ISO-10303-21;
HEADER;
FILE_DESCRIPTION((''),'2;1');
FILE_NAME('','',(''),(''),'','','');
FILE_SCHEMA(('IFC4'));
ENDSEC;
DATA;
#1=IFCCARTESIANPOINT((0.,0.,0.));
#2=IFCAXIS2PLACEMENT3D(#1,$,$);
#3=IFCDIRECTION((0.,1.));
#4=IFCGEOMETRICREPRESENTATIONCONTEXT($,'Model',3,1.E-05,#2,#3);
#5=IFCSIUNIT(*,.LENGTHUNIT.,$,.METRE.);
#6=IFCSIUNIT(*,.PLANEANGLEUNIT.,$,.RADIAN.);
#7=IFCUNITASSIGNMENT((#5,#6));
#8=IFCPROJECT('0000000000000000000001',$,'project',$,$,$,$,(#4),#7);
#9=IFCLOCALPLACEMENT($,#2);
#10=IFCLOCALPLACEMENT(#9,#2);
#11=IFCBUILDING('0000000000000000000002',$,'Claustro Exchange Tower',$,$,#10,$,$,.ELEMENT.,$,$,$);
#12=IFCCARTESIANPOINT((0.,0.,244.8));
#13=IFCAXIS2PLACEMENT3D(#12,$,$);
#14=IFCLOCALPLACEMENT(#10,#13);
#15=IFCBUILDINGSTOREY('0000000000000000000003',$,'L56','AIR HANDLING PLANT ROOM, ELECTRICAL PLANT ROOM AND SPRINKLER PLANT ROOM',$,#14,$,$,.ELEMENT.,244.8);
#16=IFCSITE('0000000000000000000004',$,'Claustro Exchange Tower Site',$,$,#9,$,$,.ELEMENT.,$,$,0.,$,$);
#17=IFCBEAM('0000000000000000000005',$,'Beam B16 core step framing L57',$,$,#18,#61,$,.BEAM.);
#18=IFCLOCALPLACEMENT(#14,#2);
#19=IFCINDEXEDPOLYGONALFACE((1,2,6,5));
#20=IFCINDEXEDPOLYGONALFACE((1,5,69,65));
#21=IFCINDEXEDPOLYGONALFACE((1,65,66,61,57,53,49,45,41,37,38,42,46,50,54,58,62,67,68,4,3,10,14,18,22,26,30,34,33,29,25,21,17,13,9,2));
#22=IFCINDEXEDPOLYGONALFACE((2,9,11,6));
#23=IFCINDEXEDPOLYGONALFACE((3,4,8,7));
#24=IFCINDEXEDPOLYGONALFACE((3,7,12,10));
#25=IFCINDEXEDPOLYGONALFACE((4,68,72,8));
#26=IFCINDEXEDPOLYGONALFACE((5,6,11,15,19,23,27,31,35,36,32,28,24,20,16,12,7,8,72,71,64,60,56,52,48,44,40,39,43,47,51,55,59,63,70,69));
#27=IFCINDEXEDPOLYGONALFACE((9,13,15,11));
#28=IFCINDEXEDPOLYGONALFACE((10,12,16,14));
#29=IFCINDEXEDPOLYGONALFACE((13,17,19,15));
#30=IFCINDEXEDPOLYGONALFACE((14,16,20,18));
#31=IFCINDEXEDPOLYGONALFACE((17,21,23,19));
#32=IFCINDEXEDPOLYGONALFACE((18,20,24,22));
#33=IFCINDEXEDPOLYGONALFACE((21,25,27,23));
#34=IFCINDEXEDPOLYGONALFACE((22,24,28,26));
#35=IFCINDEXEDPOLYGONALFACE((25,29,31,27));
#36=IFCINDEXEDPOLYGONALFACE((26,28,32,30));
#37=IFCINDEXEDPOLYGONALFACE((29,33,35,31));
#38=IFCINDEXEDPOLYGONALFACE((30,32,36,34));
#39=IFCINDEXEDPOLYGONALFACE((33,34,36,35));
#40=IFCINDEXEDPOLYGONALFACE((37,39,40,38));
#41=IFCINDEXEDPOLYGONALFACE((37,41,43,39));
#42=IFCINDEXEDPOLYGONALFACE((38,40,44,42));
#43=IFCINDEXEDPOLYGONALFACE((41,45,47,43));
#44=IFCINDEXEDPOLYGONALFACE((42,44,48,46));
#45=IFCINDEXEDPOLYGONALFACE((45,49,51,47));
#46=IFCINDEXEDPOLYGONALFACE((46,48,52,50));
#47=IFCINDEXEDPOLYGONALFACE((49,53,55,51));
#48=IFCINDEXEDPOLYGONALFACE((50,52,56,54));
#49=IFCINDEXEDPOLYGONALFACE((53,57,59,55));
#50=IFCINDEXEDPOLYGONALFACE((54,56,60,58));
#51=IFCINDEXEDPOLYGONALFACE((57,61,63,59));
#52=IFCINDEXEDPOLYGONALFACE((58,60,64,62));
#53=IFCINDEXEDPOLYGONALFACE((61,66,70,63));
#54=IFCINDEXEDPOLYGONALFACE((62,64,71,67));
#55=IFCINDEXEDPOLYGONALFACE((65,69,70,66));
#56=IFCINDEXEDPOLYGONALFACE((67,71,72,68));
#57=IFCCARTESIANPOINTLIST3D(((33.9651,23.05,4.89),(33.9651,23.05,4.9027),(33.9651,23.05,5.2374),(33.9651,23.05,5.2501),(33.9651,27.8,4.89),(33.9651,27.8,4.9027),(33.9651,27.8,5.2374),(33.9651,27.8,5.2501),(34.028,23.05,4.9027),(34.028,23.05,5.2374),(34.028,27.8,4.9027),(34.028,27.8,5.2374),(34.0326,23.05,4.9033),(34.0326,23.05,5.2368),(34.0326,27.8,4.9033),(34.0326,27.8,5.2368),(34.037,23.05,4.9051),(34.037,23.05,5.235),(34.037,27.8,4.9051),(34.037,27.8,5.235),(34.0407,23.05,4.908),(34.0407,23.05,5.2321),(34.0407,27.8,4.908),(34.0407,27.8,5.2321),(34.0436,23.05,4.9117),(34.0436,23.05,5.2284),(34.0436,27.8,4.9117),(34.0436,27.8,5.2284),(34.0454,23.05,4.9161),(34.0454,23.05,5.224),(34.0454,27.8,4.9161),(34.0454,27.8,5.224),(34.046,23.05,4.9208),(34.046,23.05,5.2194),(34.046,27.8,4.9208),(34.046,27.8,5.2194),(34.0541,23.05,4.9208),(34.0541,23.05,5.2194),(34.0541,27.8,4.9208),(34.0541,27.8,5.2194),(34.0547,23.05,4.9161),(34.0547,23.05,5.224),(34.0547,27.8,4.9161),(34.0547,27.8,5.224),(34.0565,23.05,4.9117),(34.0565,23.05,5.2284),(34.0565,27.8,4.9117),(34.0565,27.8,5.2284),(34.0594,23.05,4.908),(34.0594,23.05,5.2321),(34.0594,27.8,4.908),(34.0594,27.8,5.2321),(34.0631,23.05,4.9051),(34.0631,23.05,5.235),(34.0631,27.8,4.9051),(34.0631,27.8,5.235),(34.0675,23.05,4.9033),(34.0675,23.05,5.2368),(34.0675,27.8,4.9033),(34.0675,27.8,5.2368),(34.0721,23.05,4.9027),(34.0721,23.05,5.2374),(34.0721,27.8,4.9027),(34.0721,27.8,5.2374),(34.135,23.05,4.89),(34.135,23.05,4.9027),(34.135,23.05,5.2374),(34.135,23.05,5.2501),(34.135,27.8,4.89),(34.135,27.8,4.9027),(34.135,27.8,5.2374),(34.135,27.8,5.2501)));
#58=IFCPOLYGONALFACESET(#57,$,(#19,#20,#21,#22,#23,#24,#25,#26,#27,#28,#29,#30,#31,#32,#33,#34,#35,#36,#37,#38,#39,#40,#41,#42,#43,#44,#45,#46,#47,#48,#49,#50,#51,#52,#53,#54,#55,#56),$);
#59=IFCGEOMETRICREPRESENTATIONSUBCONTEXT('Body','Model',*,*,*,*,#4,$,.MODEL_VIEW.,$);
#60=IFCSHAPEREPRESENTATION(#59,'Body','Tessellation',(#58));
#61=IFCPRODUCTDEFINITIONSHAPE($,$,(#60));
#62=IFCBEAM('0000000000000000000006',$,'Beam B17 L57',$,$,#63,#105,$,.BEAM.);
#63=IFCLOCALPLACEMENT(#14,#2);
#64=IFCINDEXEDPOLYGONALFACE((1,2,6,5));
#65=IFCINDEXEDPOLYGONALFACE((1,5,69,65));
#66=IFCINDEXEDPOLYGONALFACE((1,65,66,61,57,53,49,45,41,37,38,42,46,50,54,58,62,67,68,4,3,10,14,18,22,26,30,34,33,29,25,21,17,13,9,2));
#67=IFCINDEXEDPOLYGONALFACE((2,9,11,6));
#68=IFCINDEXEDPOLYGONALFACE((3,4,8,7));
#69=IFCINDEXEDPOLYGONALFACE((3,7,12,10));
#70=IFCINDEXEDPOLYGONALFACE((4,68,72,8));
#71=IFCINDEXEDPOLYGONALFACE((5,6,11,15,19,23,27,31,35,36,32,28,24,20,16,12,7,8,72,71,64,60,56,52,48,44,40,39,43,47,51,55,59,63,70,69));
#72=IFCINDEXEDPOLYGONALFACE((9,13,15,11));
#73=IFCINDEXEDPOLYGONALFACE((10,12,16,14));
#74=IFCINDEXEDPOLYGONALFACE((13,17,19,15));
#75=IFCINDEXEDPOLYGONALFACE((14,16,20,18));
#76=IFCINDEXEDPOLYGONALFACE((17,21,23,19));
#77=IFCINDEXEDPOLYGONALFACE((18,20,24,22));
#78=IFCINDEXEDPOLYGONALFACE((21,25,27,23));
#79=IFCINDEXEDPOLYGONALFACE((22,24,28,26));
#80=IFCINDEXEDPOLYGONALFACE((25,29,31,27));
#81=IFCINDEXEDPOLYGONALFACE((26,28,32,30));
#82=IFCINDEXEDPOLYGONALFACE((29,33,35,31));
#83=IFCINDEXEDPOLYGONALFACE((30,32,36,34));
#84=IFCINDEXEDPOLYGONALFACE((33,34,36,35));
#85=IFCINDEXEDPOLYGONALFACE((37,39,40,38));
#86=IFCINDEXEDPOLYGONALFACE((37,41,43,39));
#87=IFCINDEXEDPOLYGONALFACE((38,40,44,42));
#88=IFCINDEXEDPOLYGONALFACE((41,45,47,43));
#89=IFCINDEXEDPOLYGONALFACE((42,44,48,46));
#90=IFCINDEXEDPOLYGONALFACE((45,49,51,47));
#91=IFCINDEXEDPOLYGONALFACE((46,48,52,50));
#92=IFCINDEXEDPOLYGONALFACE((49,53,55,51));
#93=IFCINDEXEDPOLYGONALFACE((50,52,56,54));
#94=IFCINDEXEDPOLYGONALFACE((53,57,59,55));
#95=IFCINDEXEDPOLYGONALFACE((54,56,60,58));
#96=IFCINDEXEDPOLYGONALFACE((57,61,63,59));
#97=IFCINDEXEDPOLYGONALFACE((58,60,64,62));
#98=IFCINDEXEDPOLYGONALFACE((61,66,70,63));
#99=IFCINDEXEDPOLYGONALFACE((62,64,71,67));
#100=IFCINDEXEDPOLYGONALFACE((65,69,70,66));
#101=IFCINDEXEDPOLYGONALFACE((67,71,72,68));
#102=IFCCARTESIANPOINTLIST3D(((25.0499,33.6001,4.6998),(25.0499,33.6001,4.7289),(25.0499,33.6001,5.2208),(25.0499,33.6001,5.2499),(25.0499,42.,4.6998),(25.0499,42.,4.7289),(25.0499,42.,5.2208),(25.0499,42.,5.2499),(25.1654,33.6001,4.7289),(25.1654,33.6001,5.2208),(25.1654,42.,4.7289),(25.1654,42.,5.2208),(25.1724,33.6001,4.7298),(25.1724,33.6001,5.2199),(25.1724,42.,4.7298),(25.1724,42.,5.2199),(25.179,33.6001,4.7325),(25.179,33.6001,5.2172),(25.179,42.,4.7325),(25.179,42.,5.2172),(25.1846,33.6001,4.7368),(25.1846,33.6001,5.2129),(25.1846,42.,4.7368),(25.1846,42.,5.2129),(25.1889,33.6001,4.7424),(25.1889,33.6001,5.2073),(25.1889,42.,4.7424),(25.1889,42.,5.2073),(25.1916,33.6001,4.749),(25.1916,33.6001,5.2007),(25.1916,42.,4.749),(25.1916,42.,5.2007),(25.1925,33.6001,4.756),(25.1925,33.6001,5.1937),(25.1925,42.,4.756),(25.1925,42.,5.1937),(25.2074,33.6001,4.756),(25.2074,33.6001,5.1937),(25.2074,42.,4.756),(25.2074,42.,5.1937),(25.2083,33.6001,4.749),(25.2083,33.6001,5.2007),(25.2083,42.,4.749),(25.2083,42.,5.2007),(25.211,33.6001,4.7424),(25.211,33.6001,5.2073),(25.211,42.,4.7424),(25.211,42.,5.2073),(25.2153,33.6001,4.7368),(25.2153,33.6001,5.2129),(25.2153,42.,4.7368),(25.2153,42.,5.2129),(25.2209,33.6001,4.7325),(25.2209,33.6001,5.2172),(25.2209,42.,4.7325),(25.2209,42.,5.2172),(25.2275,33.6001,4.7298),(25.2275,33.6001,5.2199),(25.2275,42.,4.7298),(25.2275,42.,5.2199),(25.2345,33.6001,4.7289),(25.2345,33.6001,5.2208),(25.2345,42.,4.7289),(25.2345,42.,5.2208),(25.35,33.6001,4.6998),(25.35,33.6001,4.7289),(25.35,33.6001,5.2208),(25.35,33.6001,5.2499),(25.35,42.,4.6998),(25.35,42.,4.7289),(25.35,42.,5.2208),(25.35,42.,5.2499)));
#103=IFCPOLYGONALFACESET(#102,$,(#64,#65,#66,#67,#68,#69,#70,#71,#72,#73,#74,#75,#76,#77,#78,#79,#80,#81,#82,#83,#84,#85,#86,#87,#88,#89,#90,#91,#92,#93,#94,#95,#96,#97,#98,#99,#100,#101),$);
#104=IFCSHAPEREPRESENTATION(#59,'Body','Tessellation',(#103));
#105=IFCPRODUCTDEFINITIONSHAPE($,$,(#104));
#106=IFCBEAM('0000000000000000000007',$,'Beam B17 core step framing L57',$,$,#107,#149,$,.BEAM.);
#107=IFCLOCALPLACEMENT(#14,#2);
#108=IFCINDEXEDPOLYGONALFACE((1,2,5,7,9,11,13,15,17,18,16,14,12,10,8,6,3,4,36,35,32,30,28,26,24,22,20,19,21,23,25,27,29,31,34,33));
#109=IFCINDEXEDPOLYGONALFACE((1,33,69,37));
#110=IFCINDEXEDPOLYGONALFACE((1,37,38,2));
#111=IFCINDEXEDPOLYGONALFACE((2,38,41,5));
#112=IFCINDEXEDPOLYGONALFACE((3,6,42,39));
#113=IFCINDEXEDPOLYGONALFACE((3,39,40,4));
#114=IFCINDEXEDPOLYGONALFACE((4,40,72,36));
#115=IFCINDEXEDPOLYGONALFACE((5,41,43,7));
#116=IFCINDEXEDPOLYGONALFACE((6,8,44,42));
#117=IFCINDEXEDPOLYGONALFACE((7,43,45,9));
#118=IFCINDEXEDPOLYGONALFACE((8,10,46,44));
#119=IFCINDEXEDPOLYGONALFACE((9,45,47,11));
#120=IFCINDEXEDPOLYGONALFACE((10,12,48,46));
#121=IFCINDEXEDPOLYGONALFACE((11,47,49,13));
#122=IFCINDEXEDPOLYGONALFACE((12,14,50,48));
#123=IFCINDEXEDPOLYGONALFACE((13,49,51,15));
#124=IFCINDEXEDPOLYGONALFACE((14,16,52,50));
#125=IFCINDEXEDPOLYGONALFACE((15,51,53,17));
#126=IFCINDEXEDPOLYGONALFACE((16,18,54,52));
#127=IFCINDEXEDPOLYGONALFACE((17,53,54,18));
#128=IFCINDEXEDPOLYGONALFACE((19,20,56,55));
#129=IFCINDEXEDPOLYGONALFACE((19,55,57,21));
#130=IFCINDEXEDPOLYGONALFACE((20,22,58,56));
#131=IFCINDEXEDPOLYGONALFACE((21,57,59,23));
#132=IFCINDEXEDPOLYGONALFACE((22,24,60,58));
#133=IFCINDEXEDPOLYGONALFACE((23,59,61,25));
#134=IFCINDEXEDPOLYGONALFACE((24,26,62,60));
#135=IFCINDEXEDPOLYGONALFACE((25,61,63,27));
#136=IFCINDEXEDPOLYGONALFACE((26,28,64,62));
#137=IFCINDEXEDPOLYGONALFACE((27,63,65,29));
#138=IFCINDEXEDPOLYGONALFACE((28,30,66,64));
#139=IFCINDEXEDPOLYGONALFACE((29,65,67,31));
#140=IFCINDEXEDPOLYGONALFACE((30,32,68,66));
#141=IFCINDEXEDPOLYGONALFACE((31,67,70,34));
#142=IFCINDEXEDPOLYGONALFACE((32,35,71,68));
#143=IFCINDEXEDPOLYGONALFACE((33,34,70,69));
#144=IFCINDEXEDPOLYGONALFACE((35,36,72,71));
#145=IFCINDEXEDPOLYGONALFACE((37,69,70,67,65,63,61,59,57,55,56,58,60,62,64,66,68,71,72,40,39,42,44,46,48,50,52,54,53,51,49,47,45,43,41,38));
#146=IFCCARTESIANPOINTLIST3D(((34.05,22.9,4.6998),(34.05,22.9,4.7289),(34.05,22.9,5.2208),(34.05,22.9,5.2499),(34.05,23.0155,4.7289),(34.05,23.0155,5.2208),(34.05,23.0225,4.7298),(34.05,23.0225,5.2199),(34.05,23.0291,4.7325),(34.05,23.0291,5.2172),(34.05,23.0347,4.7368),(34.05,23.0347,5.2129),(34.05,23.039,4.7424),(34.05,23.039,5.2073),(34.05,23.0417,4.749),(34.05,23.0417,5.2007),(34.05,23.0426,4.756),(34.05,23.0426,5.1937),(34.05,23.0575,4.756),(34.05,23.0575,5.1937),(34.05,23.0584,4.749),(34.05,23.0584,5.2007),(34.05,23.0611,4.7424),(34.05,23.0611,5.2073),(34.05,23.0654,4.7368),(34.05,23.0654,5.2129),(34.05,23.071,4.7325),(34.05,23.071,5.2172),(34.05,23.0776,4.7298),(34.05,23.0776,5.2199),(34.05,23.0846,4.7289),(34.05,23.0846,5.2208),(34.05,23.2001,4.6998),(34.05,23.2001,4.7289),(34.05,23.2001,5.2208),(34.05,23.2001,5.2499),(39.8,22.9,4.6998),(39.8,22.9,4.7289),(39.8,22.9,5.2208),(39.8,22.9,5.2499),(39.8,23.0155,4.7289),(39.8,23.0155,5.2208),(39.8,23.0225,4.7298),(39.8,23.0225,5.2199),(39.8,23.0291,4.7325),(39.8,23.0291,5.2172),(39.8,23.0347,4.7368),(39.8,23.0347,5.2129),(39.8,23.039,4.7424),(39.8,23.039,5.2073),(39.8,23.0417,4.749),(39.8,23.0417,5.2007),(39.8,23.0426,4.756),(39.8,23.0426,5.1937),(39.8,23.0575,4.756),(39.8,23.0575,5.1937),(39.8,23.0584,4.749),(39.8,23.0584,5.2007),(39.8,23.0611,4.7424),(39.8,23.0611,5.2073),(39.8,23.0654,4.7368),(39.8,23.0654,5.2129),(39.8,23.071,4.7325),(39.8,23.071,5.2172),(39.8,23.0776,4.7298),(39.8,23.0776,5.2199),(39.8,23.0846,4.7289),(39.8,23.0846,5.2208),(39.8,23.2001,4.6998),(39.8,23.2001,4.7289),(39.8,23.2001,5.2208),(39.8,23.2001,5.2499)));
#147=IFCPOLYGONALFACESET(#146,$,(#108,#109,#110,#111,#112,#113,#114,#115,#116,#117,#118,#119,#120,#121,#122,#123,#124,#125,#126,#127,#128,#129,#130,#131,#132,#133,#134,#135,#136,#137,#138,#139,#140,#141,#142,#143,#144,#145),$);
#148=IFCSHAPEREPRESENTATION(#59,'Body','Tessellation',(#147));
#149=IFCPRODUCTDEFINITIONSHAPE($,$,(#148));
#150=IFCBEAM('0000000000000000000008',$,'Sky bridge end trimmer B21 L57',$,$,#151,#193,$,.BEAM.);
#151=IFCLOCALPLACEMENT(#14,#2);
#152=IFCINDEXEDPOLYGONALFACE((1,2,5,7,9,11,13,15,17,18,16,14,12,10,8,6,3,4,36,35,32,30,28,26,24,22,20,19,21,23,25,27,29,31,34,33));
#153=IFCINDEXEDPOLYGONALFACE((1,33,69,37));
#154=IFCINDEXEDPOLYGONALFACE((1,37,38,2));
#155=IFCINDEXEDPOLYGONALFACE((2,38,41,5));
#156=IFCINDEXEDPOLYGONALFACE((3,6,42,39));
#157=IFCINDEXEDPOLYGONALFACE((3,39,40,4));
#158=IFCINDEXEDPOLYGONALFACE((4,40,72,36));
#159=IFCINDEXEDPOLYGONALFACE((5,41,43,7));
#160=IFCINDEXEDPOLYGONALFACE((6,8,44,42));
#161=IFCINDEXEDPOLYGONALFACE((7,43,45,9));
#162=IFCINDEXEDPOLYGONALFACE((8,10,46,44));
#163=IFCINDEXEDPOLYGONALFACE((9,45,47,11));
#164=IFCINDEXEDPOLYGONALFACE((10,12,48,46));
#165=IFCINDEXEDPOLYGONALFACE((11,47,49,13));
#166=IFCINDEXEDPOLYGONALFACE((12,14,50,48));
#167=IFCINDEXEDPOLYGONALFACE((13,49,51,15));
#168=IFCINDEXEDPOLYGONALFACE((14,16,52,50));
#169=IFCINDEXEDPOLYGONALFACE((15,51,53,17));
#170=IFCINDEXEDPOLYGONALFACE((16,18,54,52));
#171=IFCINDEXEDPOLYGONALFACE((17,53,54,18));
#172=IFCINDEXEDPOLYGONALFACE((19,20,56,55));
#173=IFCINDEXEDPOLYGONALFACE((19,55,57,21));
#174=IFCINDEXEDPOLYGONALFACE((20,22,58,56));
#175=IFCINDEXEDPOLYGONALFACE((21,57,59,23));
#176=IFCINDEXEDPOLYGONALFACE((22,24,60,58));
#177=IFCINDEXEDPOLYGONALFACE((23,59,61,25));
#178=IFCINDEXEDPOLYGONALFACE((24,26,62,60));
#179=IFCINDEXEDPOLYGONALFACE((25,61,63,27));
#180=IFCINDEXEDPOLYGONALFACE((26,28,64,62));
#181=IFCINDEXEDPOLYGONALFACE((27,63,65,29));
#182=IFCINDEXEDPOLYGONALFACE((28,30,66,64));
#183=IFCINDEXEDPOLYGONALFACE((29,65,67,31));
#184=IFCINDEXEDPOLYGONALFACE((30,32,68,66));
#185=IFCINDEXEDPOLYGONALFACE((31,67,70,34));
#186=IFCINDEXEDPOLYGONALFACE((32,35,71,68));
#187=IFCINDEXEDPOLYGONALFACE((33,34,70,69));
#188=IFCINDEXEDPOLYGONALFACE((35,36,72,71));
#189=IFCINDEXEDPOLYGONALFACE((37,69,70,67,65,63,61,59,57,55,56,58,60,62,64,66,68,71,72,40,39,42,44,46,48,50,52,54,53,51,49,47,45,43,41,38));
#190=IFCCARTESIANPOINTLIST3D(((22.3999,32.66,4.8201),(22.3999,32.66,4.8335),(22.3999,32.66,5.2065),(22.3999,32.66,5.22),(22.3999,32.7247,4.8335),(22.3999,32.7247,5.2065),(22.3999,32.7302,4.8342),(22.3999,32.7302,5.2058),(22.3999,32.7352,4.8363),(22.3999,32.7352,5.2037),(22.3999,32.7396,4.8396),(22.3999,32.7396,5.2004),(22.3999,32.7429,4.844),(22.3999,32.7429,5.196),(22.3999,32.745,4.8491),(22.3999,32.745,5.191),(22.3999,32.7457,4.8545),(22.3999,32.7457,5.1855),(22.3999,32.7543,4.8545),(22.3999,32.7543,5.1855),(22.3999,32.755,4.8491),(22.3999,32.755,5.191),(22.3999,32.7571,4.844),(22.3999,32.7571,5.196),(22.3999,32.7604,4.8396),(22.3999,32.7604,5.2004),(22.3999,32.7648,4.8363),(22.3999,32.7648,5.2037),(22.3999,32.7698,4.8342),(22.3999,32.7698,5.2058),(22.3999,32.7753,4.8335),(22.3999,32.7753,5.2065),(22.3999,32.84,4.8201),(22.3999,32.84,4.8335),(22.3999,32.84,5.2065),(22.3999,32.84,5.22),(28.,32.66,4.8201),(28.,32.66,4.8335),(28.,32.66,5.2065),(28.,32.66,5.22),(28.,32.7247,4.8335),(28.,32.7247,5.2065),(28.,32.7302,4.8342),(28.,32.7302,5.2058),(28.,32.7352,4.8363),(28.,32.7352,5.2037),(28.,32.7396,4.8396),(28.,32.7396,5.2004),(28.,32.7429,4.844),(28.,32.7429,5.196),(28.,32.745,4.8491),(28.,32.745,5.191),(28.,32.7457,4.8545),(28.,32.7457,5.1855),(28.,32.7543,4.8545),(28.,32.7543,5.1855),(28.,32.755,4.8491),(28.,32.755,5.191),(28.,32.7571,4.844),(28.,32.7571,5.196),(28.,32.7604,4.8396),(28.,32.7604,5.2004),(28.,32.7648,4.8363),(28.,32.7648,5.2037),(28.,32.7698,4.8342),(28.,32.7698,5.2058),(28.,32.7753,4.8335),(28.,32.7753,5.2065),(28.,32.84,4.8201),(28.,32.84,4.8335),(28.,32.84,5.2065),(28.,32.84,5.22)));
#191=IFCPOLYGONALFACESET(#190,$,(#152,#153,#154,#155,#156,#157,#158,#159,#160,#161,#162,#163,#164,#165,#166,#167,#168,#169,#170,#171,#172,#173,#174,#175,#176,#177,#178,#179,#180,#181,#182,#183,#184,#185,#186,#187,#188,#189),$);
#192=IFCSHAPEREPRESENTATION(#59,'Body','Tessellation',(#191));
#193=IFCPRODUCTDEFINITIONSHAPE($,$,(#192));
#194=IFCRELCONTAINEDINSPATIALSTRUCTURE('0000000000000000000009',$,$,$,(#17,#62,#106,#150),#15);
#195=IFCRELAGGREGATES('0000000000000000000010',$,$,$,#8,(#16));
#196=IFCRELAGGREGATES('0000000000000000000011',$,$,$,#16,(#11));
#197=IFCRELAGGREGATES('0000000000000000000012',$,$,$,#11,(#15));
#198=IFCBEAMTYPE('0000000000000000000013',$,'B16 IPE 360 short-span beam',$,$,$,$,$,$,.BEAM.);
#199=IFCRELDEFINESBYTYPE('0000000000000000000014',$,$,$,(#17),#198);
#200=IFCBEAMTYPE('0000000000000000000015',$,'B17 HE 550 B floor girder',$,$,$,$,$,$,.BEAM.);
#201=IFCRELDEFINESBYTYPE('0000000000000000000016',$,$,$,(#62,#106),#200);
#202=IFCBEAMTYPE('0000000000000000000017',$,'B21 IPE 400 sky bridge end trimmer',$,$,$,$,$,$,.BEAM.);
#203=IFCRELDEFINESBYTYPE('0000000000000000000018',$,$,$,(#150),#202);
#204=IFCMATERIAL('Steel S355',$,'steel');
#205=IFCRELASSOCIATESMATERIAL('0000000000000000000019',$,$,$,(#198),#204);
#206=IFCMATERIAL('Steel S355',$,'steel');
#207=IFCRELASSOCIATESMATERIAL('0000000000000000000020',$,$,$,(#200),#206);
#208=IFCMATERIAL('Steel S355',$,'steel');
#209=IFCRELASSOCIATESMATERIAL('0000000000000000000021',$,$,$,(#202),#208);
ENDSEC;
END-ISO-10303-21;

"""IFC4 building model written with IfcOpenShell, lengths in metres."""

from ifc_helpers import new_model, si_unit, direction, frame, origin, origin_2d, place, context, subcontext, project, spatial, i_section, extrude, material, material_profile, profile_set, type_object, element, save


model = new_model("IFC4")

# Units and contexts
model_context = context("Model", 3, precision=1e-05, world=origin(), true_north=direction((0.0, 1.0)))
body_context = subcontext(model_context, "Body", "Model", "MODEL_VIEW")
ifc_project = project(units=[si_unit("LENGTHUNIT", "METRE"), si_unit("PLANEANGLEUNIT", "RADIAN")], contexts=[model_context])

# Site, building, storey
site_placement = place(None, origin())
site = spatial("IfcSite", under=ifc_project, at=site_placement, Name="Claustro Exchange Tower Site", CompositionType="ELEMENT", RefElevation=0.0)
building_placement = place(site_placement, origin())
building = spatial("IfcBuilding", under=site, at=building_placement, Name="Claustro Exchange Tower", CompositionType="ELEMENT")
storey_placement = place(building_placement, frame((0.0, 0.0, 244.8)))
storey = spatial("IfcBuildingStorey", under=building, at=storey_placement, Name="L56", Description="AIR HANDLING PLANT ROOM, ELECTRICAL PLANT ROOM AND SPRINKLER PLANT ROOM", CompositionType="ELEMENT", Elevation=244.8)

# Beams
ifc_material_1 = material(Name="Steel S355", Category="steel")
ifc_material_profile_1 = material_profile(ifc_material_1, i_section(OverallWidth=0.1699, OverallDepth=0.3601, WebThickness=0.0081, FlangeThickness=0.0127, FilletRadius=0.0181, at=origin_2d()), Name="IPE 360")
ifc_profile_set_1 = profile_set([ifc_material_profile_1], Name="Steel S355")
beam_type_1 = type_object("IfcBeamType", Name="B16 IPE 360 short-span beam", PredefinedType="BEAM", material=ifc_profile_set_1)
beam_1_placement = place(storey_placement, frame((34.05, 23.05, 5.0701), z_axis=(0.0, 1.0, 0.0), x_axis=(-1.0, 0.0, 0.0)))
element("IfcBeam", 1, at=beam_1_placement, inside=storey, type_object=beam_type_1, Name="Beam B16 core step framing L57", PredefinedType="BEAM", context=body_context, shape_type="SweptSolid", body=[
    extrude(i_section(OverallWidth=0.1699, OverallDepth=0.3601, WebThickness=0.0081, FlangeThickness=0.0127, FilletRadius=0.0181, at=origin_2d()), origin(), (0.0, 0.0, 1.0), 4.75),
])
ifc_material_2 = material(Name="Steel S355", Category="steel")
ifc_material_profile_2 = material_profile(ifc_material_2, i_section(OverallWidth=0.3, OverallDepth=0.55, WebThickness=0.0149, FlangeThickness=0.0291, FilletRadius=0.0271, at=origin_2d()), Name="HE 550 B")
ifc_profile_set_2 = profile_set([ifc_material_profile_2], Name="Steel S355")
beam_type_2 = type_object("IfcBeamType", Name="B17 HE 550 B floor girder", PredefinedType="BEAM", material=ifc_profile_set_2)
beam_2_placement = place(storey_placement, frame((25.2, 33.6001, 4.9749), z_axis=(0.0, 1.0, 0.0), x_axis=(-1.0, 0.0, 0.0)))
element("IfcBeam", 2, at=beam_2_placement, inside=storey, type_object=beam_type_2, Name="Beam B17 L57", PredefinedType="BEAM", context=body_context, shape_type="SweptSolid", body=[
    extrude(i_section(OverallWidth=0.3, OverallDepth=0.55, WebThickness=0.0149, FlangeThickness=0.0291, FilletRadius=0.0271, at=origin_2d()), origin(), (0.0, 0.0, 1.0), 8.3999),
])
beam_3_placement = place(storey_placement, frame((34.05, 23.05, 4.9749), z_axis=(1.0, 0.0, 0.0), x_axis=(0.0, 1.0, 0.0)))
element("IfcBeam", 3, at=beam_3_placement, inside=storey, type_object=beam_type_2, Name="Beam B17 core step framing L57", PredefinedType="BEAM", context=body_context, shape_type="SweptSolid", body=[
    extrude(i_section(OverallWidth=0.3, OverallDepth=0.55, WebThickness=0.0149, FlangeThickness=0.0291, FilletRadius=0.0271, at=origin_2d()), origin(), (0.0, 0.0, 1.0), 5.75),
])
ifc_material_3 = material(Name="Steel S355", Category="steel")
ifc_material_profile_3 = material_profile(ifc_material_3, i_section(OverallWidth=0.1799, OverallDepth=0.3999, WebThickness=0.0085, FlangeThickness=0.0134, FilletRadius=0.021, at=origin_2d()), Name="IPE 400")
ifc_profile_set_3 = profile_set([ifc_material_profile_3], Name="Steel S355")
beam_type_3 = type_object("IfcBeamType", Name="B21 IPE 400 sky bridge end trimmer", PredefinedType="BEAM", material=ifc_profile_set_3)
beam_4_placement = place(storey_placement, frame((22.3999, 32.75, 5.02), z_axis=(1.0, 0.0, 0.0), x_axis=(0.0, 1.0, 0.0)))
element("IfcBeam", 4, at=beam_4_placement, inside=storey, type_object=beam_type_3, Name="Sky bridge end trimmer B21 L57", PredefinedType="BEAM", context=body_context, shape_type="SweptSolid", body=[
    extrude(i_section(OverallWidth=0.1799, OverallDepth=0.3999, WebThickness=0.0085, FlangeThickness=0.0134, FilletRadius=0.021, at=origin_2d()), origin(), (0.0, 0.0, 1.0), 5.6001),
])

save(model, "model.ifc")
